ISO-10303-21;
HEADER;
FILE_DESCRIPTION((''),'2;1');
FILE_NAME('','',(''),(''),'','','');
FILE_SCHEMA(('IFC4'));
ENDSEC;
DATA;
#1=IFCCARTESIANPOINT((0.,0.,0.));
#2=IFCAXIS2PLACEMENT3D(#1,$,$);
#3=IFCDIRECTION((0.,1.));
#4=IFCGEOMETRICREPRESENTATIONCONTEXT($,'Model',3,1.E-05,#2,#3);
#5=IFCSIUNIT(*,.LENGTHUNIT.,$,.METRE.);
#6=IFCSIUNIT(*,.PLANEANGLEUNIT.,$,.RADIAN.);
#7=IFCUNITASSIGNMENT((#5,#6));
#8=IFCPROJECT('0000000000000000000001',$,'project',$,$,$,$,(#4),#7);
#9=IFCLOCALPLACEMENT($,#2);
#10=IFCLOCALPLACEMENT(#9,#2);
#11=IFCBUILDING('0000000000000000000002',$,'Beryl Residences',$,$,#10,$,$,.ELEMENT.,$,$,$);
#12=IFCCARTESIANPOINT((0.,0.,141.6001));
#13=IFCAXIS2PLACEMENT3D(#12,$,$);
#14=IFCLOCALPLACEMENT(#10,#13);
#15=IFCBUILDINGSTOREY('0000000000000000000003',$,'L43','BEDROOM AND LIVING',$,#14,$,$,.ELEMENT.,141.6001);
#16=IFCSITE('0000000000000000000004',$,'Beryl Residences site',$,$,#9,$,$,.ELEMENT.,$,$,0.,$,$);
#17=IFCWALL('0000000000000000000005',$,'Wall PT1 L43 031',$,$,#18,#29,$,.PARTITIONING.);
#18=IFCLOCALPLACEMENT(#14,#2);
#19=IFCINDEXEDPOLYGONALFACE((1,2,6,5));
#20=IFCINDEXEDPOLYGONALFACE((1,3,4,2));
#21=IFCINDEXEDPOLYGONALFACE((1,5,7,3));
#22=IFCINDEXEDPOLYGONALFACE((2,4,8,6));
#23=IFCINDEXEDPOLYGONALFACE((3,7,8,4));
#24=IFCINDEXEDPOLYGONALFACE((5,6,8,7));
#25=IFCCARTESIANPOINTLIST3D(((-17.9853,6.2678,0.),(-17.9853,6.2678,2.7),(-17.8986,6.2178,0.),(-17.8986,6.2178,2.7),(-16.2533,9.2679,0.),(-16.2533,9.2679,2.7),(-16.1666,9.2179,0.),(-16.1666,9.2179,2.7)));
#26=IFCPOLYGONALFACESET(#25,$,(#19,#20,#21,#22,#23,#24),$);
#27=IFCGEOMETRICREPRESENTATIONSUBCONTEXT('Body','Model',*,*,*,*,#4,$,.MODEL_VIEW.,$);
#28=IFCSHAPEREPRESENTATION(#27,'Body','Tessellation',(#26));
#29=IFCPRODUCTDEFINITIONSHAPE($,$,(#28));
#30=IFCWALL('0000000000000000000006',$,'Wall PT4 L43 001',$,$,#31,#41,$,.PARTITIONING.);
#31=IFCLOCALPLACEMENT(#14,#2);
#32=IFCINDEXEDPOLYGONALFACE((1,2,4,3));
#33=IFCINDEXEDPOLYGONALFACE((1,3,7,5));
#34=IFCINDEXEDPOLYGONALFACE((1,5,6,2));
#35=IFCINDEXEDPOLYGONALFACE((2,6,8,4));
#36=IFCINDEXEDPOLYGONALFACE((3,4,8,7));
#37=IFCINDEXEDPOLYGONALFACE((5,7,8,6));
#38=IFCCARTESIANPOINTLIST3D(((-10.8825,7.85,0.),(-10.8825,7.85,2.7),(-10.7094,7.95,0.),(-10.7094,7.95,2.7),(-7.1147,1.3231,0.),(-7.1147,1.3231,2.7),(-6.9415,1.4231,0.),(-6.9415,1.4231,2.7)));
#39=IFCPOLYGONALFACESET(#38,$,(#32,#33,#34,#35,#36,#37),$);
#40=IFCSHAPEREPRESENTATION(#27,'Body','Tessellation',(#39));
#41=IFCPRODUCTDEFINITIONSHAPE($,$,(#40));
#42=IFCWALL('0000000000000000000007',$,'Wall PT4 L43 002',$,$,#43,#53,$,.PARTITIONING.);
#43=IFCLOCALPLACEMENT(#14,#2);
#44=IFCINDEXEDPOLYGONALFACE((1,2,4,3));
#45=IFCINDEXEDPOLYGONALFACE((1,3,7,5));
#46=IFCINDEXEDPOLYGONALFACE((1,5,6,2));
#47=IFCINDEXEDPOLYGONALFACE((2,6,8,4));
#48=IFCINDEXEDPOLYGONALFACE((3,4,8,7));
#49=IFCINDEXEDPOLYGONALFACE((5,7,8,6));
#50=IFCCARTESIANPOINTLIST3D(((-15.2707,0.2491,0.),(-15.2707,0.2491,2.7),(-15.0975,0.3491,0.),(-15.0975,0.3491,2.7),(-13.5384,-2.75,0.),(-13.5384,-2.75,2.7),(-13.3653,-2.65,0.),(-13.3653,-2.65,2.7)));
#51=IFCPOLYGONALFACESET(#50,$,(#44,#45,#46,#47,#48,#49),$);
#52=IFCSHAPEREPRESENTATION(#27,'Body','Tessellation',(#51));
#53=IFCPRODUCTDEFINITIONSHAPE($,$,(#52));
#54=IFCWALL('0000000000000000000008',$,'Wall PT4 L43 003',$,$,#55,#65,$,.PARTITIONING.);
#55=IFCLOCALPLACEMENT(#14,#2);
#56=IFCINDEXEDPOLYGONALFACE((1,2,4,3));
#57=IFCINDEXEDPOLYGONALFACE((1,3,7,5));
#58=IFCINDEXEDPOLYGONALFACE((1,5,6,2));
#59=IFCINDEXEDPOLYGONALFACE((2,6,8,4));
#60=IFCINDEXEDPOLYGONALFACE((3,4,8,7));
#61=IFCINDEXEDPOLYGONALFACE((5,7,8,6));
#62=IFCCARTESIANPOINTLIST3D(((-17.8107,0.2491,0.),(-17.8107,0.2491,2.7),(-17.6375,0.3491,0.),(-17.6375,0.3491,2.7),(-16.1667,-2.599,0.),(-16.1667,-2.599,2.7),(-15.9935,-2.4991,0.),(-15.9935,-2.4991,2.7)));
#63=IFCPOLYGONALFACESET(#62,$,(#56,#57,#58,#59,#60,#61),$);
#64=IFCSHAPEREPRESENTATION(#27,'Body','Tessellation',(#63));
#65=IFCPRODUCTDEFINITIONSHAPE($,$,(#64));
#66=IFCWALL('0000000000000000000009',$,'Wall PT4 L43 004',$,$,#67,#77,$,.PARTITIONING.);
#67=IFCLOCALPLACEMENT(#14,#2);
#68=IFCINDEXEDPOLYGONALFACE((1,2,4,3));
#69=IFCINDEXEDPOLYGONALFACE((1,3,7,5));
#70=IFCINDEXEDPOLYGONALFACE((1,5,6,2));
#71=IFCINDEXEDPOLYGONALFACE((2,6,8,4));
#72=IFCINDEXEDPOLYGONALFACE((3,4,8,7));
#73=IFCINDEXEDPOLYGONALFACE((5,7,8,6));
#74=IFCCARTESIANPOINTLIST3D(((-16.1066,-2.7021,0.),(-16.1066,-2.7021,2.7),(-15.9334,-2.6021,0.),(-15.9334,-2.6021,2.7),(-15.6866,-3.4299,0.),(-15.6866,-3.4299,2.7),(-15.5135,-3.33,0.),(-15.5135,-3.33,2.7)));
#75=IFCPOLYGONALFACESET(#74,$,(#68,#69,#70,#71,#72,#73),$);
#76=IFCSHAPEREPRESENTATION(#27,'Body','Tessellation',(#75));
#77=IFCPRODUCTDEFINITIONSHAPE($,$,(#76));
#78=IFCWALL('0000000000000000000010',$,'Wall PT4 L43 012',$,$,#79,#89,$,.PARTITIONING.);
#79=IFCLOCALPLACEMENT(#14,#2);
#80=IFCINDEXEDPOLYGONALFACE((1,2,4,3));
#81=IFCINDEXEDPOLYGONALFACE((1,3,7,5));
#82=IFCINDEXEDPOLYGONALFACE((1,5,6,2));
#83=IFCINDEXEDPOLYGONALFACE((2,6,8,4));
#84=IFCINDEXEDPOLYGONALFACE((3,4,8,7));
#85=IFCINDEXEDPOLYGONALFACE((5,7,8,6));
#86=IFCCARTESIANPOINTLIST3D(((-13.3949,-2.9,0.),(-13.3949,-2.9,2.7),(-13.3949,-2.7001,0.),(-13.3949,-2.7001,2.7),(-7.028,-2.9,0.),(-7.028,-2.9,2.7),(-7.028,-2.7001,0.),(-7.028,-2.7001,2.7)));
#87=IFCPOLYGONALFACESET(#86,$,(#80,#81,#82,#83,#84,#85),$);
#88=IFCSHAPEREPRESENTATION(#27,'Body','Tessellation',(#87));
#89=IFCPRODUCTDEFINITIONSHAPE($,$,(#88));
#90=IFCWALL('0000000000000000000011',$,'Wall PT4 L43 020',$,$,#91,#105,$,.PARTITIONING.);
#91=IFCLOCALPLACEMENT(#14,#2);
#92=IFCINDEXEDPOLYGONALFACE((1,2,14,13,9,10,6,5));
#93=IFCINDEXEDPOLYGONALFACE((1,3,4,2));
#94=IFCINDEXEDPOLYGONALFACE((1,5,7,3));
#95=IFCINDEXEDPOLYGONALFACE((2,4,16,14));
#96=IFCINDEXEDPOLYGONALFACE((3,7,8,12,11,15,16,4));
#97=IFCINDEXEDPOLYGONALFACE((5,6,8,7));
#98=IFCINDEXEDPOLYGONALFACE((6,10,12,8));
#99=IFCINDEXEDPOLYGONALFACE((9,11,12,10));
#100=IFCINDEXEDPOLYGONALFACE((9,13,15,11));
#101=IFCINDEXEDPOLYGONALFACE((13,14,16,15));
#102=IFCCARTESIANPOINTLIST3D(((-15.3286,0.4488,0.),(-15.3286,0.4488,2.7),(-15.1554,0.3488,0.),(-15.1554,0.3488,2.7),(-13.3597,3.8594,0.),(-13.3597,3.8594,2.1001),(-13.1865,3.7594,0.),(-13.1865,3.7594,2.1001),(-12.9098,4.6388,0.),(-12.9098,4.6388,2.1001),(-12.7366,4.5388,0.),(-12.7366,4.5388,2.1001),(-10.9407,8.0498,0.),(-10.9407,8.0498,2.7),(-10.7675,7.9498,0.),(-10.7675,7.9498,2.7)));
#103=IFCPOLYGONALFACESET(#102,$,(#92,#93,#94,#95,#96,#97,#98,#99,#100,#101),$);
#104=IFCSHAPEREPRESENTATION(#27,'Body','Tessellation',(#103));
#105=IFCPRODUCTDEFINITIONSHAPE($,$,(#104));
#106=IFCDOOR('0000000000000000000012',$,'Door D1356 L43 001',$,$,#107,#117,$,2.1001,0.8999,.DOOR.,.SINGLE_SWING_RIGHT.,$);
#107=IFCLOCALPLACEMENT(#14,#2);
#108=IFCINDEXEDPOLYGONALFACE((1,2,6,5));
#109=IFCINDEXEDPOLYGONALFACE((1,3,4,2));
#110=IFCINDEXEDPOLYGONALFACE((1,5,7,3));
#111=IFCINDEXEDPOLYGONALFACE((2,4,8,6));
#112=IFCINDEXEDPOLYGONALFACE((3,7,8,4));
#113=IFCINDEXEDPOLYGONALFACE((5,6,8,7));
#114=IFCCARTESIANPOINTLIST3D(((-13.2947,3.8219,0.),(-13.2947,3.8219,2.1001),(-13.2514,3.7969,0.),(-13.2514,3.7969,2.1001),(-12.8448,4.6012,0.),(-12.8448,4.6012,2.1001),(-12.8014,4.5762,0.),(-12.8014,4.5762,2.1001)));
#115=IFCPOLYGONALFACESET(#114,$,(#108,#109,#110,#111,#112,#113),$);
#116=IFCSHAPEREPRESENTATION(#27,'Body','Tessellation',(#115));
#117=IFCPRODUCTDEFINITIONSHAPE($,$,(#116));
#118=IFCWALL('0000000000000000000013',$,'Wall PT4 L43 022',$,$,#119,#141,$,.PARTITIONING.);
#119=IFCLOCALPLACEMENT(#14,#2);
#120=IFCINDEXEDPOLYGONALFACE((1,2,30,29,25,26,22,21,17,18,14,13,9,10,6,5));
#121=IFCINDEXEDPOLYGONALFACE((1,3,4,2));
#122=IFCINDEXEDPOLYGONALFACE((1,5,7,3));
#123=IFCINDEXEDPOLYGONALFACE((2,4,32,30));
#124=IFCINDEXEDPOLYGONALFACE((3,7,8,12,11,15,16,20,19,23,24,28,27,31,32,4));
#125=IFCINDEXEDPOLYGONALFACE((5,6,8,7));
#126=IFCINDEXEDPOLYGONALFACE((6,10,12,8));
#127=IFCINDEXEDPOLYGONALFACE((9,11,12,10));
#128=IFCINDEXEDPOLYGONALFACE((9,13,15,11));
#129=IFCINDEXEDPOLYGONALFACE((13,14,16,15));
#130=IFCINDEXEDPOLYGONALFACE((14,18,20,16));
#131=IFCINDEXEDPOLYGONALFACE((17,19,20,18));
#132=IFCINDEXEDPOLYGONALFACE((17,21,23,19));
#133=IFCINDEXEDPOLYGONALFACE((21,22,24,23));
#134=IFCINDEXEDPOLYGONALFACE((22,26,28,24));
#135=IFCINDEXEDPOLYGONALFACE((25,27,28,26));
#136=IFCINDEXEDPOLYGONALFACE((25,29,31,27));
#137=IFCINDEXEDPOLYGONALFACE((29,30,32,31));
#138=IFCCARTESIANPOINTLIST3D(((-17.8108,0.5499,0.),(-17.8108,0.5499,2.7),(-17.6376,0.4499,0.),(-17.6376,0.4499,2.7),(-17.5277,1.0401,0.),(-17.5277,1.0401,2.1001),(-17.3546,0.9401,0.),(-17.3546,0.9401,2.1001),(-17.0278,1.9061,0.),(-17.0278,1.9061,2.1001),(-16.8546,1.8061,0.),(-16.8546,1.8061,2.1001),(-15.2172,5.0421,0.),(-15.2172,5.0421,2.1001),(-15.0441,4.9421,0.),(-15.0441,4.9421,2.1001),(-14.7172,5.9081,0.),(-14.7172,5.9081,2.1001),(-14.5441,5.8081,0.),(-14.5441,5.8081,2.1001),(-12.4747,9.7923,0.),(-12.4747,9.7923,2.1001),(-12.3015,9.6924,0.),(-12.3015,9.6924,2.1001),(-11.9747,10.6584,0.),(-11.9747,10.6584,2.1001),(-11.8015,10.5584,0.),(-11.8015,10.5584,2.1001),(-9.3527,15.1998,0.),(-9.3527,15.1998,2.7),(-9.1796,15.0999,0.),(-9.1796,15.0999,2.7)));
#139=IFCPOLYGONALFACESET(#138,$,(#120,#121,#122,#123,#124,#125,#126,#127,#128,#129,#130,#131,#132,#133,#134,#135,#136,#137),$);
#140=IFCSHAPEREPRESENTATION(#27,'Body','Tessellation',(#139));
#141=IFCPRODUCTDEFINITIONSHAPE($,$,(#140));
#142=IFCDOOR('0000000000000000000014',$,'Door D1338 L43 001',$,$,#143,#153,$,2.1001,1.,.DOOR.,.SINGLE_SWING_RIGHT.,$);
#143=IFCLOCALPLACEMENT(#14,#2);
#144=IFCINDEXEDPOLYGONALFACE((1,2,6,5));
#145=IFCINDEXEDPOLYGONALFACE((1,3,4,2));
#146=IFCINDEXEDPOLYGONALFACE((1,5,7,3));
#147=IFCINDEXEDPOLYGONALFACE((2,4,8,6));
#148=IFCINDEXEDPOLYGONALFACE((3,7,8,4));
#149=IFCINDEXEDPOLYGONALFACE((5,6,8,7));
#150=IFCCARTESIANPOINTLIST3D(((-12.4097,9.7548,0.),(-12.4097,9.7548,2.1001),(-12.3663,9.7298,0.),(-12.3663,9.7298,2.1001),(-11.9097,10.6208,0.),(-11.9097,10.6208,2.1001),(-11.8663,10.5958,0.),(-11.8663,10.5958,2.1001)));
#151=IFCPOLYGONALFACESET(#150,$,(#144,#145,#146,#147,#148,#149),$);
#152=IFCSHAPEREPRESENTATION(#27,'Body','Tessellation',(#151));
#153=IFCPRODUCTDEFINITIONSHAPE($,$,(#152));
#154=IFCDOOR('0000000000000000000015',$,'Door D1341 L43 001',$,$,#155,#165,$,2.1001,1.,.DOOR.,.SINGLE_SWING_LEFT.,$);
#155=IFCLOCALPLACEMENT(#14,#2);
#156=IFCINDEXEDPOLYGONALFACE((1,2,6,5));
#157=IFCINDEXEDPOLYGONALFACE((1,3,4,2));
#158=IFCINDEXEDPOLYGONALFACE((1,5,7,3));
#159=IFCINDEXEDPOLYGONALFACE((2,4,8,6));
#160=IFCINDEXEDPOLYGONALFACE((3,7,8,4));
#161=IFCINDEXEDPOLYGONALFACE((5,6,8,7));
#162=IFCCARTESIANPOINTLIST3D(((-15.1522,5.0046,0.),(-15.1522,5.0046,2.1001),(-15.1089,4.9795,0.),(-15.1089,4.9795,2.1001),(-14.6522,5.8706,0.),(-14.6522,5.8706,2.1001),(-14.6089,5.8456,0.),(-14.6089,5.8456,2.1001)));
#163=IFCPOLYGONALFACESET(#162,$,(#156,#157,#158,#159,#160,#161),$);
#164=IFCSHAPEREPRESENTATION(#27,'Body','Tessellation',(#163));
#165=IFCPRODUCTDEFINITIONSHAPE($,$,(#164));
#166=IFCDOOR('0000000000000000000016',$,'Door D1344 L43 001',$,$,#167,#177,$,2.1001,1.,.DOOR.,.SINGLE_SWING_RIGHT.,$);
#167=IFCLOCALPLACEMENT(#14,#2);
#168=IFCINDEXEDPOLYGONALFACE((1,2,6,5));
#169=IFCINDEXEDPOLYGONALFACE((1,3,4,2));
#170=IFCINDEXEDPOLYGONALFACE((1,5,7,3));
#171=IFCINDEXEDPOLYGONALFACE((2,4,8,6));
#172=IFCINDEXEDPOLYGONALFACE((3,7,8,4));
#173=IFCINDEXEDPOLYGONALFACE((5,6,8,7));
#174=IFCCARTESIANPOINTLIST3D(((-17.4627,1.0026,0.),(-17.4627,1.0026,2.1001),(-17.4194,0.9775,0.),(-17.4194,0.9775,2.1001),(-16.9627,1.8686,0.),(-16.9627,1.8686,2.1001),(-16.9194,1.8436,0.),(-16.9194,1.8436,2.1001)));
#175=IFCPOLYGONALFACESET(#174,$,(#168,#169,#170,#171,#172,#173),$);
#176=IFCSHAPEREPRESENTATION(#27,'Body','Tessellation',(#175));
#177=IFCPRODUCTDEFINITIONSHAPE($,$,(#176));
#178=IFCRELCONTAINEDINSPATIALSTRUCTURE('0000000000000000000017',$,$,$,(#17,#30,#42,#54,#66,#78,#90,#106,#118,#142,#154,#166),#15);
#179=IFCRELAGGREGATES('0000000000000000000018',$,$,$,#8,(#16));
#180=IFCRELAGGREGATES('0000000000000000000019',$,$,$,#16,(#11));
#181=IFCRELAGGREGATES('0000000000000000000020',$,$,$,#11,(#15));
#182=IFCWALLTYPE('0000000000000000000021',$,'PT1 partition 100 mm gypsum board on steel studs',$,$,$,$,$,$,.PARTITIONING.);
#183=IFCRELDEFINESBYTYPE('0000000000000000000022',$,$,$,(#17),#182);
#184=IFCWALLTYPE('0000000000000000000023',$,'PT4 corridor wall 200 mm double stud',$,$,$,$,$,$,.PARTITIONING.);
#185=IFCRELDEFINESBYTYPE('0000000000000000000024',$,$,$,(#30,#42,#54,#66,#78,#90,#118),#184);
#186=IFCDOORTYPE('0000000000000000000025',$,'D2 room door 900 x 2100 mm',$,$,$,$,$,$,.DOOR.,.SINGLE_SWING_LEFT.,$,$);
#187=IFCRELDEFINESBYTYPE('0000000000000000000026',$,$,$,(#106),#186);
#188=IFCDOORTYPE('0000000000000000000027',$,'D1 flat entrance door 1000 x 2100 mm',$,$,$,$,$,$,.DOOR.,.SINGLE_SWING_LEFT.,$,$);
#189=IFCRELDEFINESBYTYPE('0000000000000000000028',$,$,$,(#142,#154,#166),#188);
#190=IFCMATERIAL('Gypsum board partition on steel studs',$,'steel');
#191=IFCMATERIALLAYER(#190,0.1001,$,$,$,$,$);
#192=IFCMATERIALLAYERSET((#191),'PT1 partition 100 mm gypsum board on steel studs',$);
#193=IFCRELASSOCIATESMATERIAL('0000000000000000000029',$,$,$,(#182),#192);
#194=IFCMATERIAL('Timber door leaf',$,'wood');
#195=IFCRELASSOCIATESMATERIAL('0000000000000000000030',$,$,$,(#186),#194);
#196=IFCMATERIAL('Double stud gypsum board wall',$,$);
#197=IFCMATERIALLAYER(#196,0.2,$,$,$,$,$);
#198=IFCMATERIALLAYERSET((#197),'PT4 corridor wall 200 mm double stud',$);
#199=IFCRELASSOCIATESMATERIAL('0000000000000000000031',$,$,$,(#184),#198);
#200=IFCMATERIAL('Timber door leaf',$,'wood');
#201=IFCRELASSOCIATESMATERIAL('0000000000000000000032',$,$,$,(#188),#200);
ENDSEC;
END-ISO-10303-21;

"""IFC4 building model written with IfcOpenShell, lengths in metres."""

from ifc_helpers import new_model, si_unit, direction, frame, frame_2d, origin, place, context, subcontext, project, spatial, rectangle, extrude, material, layer, layer_set, type_object, element, fill, save


model = new_model("IFC4")

# Units and contexts
model_context = context("Model", 3, precision=1e-05, world=origin(), true_north=direction((0.0, 1.0)))
body_context = subcontext(model_context, "Body", "Model", "MODEL_VIEW")
ifc_project = project(units=[si_unit("LENGTHUNIT", "METRE"), si_unit("PLANEANGLEUNIT", "RADIAN")], contexts=[model_context])

# Site, building, storey
site_placement = place(None, origin())
site = spatial("IfcSite", under=ifc_project, at=site_placement, Name="Beryl Residences site", CompositionType="ELEMENT", RefElevation=0.0)
building_placement = place(site_placement, origin())
building = spatial("IfcBuilding", under=site, at=building_placement, Name="Beryl Residences", CompositionType="ELEMENT")
storey_placement = place(building_placement, frame((0.0, 0.0, 141.6001)))
storey = spatial("IfcBuildingStorey", under=building, at=storey_placement, Name="L43", Description="BEDROOM AND LIVING", CompositionType="ELEMENT", Elevation=141.6001)

# Shared definitions
ifc_material_1 = material(Name="Gypsum board partition on steel studs", Category="steel")
ifc_layer_1 = layer(ifc_material_1, 0.1001)
ifc_layer_set_1 = layer_set([ifc_layer_1], Name="PT1 partition 100 mm gypsum board on steel studs")
wall_type_1 = type_object("IfcWallType", Name="PT1 partition 100 mm gypsum board on steel studs", PredefinedType="PARTITIONING", material=ifc_layer_set_1)
ifc_material_2 = material(Name="Timber door leaf", Category="wood")
door_type_1 = type_object("IfcDoorType", Name="D2 room door 900 x 2100 mm", OperationType="SINGLE_SWING_LEFT", PredefinedType="DOOR", material=ifc_material_2)

# Walls
wall_1_placement = place(storey_placement, frame((-17.9419, 6.2429, 0.0), z_axis=(0.0, 0.0, 1.0), x_axis=(0.499975, 0.86604, 0.0)))
element("IfcWall", 1, at=wall_1_placement, inside=storey, type_object=wall_type_1, Name="Wall PT1 L43 031", PredefinedType="PARTITIONING", context=body_context, shape_type="SweptSolid", body=[
    extrude(rectangle(XDim=3.4641, YDim=0.1001, at=frame_2d((1.7319, 0.0))), origin(), (0.0, 0.0, 1.0), 2.7),
])
ifc_material_3 = material(Name="Double stud gypsum board wall")
ifc_layer_2 = layer(ifc_material_3, 0.2)
ifc_layer_set_2 = layer_set([ifc_layer_2], Name="PT4 corridor wall 200 mm double stud")
wall_type_2 = type_object("IfcWallType", Name="PT4 corridor wall 200 mm double stud", PredefinedType="PARTITIONING", material=ifc_layer_set_2)
wall_2_placement = place(storey_placement, frame((-10.7959, 7.8999, 0.0), z_axis=(0.0, 0.0, 1.0), x_axis=(0.499954, -0.866052, 0.0)))
element("IfcWall", 2, at=wall_2_placement, inside=storey, type_object=wall_type_2, Name="Wall PT4 L43 001", PredefinedType="PARTITIONING", context=body_context, shape_type="SweptSolid", body=[
    extrude(rectangle(XDim=7.5364, YDim=0.2, at=frame_2d((3.7681, 0.0))), origin(), (0.0, 0.0, 1.0), 2.7),
])
wall_3_placement = place(storey_placement, frame((-15.1841, 0.2991, 0.0), z_axis=(0.0, 0.0, 1.0), x_axis=(0.50015, -0.865939, 0.0)))
element("IfcWall", 3, at=wall_3_placement, inside=storey, type_object=wall_type_2, Name="Wall PT4 L43 002", PredefinedType="PARTITIONING", context=body_context, shape_type="SweptSolid", body=[
    extrude(rectangle(XDim=3.4634, YDim=0.2, at=frame_2d((1.7317, 0.0))), origin(), (0.0, 0.0, 1.0), 2.7),
])
wall_4_placement = place(storey_placement, frame((-17.7241, 0.2991, 0.0), z_axis=(0.0, 0.0, 1.0), x_axis=(0.499924, -0.866069, 0.0)))
element("IfcWall", 4, at=wall_4_placement, inside=storey, type_object=wall_type_2, Name="Wall PT4 L43 003", PredefinedType="PARTITIONING", context=body_context, shape_type="SweptSolid", body=[
    extrude(rectangle(XDim=3.2886, YDim=0.2, at=frame_2d((1.6443, 0.0))), origin(), (0.0, 0.0, 1.0), 2.7),
])
wall_5_placement = place(storey_placement, frame((-16.02, -2.6521, 0.0), z_axis=(0.0, 0.0, 1.0), x_axis=(0.499764, -0.866161, 0.0)))
element("IfcWall", 5, at=wall_5_placement, inside=storey, type_object=wall_type_2, Name="Wall PT4 L43 004", PredefinedType="PARTITIONING", context=body_context, shape_type="SweptSolid", body=[
    extrude(rectangle(XDim=0.8403, YDim=0.2, at=frame_2d((0.4202, 0.0))), origin(), (0.0, 0.0, 1.0), 2.7),
])
wall_6_placement = place(storey_placement, frame((-13.395, -2.8, 0.0), z_axis=(0.0, 0.0, 1.0), x_axis=(1.0, 0.0, 0.0)))
element("IfcWall", 6, at=wall_6_placement, inside=storey, type_object=wall_type_2, Name="Wall PT4 L43 012", PredefinedType="PARTITIONING", context=body_context, shape_type="SweptSolid", body=[
    extrude(rectangle(XDim=6.3669, YDim=0.2, at=frame_2d((3.1836, 0.0))), origin(), (0.0, 0.0, 1.0), 2.7),
])

# Wall, opening, door
wall_7_placement = place(storey_placement, frame((-15.2419, 0.3989, 0.0), z_axis=(0.0, 0.0, 1.0), x_axis=(0.499954, 0.866052, 0.0)))
wall_7 = element("IfcWall", 7, at=wall_7_placement, inside=storey, type_object=wall_type_2, Name="Wall PT4 L43 020", PredefinedType="PARTITIONING", context=body_context, shape_type="SweptSolid", body=[
    extrude(rectangle(XDim=8.7766, YDim=0.2, at=frame_2d((4.3882, 0.0))), origin(), (0.0, 0.0, 1.0), 2.7),
])
opening_1_placement = place(wall_7_placement, frame((3.938, 0.0, 0.0)))
opening_1 = element("IfcOpeningElement", 8, at=opening_1_placement, cuts=wall_7, PredefinedType="OPENING", context=body_context, shape_type="SweptSolid", body=[
    extrude(rectangle(XDim=0.8999, YDim=2.1001, at=frame_2d((0.45, 1.05))), frame((0.0, 0.1099, 0.0), z_axis=(0.0, -1.0, 0.0), x_axis=(1.0, 0.0, 0.0)), (0.0, 0.0, 1.0), 0.22),
])
door_1_placement = place(opening_1_placement, origin())
door_1 = element("IfcDoor", 9, at=door_1_placement, inside=storey, type_object=door_type_1, Name="Door D1356 L43 001", OperationType="SINGLE_SWING_RIGHT", OverallHeight=2.1001, OverallWidth=0.8999, PredefinedType="DOOR", context=body_context, shape_type="SweptSolid", body=[
    extrude(rectangle(XDim=0.8999, YDim=2.1001, at=frame_2d((0.45, 1.05))), frame((0.0, 0.0249, 0.0), z_axis=(0.0, -1.0, 0.0), x_axis=(1.0, 0.0, 0.0)), (0.0, 0.0, 1.0), 0.05),
])
fill(opening_1, door_1)

# Wall, openings, doors
wall_8_placement = place(storey_placement, frame((-17.7241, 0.5, 0.0), z_axis=(0.0, 0.0, 1.0), x_axis=(0.499995, 0.866028, 0.0)))
wall_8 = element("IfcWall", 10, at=wall_8_placement, inside=storey, type_object=wall_type_2, Name="Wall PT4 L43 022", PredefinedType="PARTITIONING", context=body_context, shape_type="SweptSolid", body=[
    extrude(rectangle(XDim=16.9163, YDim=0.2, at=frame_2d((8.458, 0.0))), origin(), (0.0, 0.0, 1.0), 2.7),
])
opening_2_placement = place(wall_8_placement, frame((10.6721, 0.0, 0.0)))
opening_2 = element("IfcOpeningElement", 11, at=opening_2_placement, cuts=wall_8, PredefinedType="OPENING", context=body_context, shape_type="SweptSolid", body=[
    extrude(rectangle(XDim=1.0, YDim=2.1001, at=frame_2d((0.5, 1.05))), frame((0.0, 0.1099, 0.0), z_axis=(0.0, -1.0, 0.0), x_axis=(1.0, 0.0, 0.0)), (0.0, 0.0, 1.0), 0.22),
])
opening_3_placement = place(wall_8_placement, frame((5.187, 0.0, 0.0)))
opening_3 = element("IfcOpeningElement", 12, at=opening_3_placement, cuts=wall_8, PredefinedType="OPENING", context=body_context, shape_type="SweptSolid", body=[
    extrude(rectangle(XDim=1.0, YDim=2.1001, at=frame_2d((0.5, 1.05))), frame((0.0, 0.1099, 0.0), z_axis=(0.0, -1.0, 0.0), x_axis=(1.0, 0.0, 0.0)), (0.0, 0.0, 1.0), 0.22),
])
opening_4_placement = place(wall_8_placement, frame((0.5659, 0.0, 0.0)))
opening_4 = element("IfcOpeningElement", 13, at=opening_4_placement, cuts=wall_8, PredefinedType="OPENING", context=body_context, shape_type="SweptSolid", body=[
    extrude(rectangle(XDim=1.0, YDim=2.1001, at=frame_2d((0.5, 1.05))), frame((0.0, 0.1099, 0.0), z_axis=(0.0, -1.0, 0.0), x_axis=(1.0, 0.0, 0.0)), (0.0, 0.0, 1.0), 0.22),
])
ifc_material_4 = material(Name="Timber door leaf", Category="wood")
door_type_2 = type_object("IfcDoorType", Name="D1 flat entrance door 1000 x 2100 mm", OperationType="SINGLE_SWING_LEFT", PredefinedType="DOOR", material=ifc_material_4)
door_2_placement = place(opening_2_placement, origin())
door_2 = element("IfcDoor", 14, at=door_2_placement, inside=storey, type_object=door_type_2, Name="Door D1338 L43 001", OperationType="SINGLE_SWING_RIGHT", OverallHeight=2.1001, OverallWidth=1.0, PredefinedType="DOOR", context=body_context, shape_type="SweptSolid", body=[
    extrude(rectangle(XDim=1.0, YDim=2.1001, at=frame_2d((0.5, 1.05))), frame((0.0, 0.0249, 0.0), z_axis=(0.0, -1.0, 0.0), x_axis=(1.0, 0.0, 0.0)), (0.0, 0.0, 1.0), 0.05),
])
fill(opening_2, door_2)
door_3_placement = place(opening_3_placement, origin())
door_3 = element("IfcDoor", 15, at=door_3_placement, inside=storey, type_object=door_type_2, Name="Door D1341 L43 001", OperationType="SINGLE_SWING_LEFT", OverallHeight=2.1001, OverallWidth=1.0, PredefinedType="DOOR", context=body_context, shape_type="SweptSolid", body=[
    extrude(rectangle(XDim=1.0, YDim=2.1001, at=frame_2d((0.5, 1.05))), frame((0.0, 0.0249, 0.0), z_axis=(0.0, -1.0, 0.0), x_axis=(1.0, 0.0, 0.0)), (0.0, 0.0, 1.0), 0.05),
])
fill(opening_3, door_3)
door_4_placement = place(opening_4_placement, origin())
door_4 = element("IfcDoor", 16, at=door_4_placement, inside=storey, type_object=door_type_2, Name="Door D1344 L43 001", OperationType="SINGLE_SWING_RIGHT", OverallHeight=2.1001, OverallWidth=1.0, PredefinedType="DOOR", context=body_context, shape_type="SweptSolid", body=[
    extrude(rectangle(XDim=1.0, YDim=2.1001, at=frame_2d((0.5, 1.05))), frame((0.0, 0.0249, 0.0), z_axis=(0.0, -1.0, 0.0), x_axis=(1.0, 0.0, 0.0)), (0.0, 0.0, 1.0), 0.05),
])
fill(opening_4, door_4)

save(model, "model.ifc")
